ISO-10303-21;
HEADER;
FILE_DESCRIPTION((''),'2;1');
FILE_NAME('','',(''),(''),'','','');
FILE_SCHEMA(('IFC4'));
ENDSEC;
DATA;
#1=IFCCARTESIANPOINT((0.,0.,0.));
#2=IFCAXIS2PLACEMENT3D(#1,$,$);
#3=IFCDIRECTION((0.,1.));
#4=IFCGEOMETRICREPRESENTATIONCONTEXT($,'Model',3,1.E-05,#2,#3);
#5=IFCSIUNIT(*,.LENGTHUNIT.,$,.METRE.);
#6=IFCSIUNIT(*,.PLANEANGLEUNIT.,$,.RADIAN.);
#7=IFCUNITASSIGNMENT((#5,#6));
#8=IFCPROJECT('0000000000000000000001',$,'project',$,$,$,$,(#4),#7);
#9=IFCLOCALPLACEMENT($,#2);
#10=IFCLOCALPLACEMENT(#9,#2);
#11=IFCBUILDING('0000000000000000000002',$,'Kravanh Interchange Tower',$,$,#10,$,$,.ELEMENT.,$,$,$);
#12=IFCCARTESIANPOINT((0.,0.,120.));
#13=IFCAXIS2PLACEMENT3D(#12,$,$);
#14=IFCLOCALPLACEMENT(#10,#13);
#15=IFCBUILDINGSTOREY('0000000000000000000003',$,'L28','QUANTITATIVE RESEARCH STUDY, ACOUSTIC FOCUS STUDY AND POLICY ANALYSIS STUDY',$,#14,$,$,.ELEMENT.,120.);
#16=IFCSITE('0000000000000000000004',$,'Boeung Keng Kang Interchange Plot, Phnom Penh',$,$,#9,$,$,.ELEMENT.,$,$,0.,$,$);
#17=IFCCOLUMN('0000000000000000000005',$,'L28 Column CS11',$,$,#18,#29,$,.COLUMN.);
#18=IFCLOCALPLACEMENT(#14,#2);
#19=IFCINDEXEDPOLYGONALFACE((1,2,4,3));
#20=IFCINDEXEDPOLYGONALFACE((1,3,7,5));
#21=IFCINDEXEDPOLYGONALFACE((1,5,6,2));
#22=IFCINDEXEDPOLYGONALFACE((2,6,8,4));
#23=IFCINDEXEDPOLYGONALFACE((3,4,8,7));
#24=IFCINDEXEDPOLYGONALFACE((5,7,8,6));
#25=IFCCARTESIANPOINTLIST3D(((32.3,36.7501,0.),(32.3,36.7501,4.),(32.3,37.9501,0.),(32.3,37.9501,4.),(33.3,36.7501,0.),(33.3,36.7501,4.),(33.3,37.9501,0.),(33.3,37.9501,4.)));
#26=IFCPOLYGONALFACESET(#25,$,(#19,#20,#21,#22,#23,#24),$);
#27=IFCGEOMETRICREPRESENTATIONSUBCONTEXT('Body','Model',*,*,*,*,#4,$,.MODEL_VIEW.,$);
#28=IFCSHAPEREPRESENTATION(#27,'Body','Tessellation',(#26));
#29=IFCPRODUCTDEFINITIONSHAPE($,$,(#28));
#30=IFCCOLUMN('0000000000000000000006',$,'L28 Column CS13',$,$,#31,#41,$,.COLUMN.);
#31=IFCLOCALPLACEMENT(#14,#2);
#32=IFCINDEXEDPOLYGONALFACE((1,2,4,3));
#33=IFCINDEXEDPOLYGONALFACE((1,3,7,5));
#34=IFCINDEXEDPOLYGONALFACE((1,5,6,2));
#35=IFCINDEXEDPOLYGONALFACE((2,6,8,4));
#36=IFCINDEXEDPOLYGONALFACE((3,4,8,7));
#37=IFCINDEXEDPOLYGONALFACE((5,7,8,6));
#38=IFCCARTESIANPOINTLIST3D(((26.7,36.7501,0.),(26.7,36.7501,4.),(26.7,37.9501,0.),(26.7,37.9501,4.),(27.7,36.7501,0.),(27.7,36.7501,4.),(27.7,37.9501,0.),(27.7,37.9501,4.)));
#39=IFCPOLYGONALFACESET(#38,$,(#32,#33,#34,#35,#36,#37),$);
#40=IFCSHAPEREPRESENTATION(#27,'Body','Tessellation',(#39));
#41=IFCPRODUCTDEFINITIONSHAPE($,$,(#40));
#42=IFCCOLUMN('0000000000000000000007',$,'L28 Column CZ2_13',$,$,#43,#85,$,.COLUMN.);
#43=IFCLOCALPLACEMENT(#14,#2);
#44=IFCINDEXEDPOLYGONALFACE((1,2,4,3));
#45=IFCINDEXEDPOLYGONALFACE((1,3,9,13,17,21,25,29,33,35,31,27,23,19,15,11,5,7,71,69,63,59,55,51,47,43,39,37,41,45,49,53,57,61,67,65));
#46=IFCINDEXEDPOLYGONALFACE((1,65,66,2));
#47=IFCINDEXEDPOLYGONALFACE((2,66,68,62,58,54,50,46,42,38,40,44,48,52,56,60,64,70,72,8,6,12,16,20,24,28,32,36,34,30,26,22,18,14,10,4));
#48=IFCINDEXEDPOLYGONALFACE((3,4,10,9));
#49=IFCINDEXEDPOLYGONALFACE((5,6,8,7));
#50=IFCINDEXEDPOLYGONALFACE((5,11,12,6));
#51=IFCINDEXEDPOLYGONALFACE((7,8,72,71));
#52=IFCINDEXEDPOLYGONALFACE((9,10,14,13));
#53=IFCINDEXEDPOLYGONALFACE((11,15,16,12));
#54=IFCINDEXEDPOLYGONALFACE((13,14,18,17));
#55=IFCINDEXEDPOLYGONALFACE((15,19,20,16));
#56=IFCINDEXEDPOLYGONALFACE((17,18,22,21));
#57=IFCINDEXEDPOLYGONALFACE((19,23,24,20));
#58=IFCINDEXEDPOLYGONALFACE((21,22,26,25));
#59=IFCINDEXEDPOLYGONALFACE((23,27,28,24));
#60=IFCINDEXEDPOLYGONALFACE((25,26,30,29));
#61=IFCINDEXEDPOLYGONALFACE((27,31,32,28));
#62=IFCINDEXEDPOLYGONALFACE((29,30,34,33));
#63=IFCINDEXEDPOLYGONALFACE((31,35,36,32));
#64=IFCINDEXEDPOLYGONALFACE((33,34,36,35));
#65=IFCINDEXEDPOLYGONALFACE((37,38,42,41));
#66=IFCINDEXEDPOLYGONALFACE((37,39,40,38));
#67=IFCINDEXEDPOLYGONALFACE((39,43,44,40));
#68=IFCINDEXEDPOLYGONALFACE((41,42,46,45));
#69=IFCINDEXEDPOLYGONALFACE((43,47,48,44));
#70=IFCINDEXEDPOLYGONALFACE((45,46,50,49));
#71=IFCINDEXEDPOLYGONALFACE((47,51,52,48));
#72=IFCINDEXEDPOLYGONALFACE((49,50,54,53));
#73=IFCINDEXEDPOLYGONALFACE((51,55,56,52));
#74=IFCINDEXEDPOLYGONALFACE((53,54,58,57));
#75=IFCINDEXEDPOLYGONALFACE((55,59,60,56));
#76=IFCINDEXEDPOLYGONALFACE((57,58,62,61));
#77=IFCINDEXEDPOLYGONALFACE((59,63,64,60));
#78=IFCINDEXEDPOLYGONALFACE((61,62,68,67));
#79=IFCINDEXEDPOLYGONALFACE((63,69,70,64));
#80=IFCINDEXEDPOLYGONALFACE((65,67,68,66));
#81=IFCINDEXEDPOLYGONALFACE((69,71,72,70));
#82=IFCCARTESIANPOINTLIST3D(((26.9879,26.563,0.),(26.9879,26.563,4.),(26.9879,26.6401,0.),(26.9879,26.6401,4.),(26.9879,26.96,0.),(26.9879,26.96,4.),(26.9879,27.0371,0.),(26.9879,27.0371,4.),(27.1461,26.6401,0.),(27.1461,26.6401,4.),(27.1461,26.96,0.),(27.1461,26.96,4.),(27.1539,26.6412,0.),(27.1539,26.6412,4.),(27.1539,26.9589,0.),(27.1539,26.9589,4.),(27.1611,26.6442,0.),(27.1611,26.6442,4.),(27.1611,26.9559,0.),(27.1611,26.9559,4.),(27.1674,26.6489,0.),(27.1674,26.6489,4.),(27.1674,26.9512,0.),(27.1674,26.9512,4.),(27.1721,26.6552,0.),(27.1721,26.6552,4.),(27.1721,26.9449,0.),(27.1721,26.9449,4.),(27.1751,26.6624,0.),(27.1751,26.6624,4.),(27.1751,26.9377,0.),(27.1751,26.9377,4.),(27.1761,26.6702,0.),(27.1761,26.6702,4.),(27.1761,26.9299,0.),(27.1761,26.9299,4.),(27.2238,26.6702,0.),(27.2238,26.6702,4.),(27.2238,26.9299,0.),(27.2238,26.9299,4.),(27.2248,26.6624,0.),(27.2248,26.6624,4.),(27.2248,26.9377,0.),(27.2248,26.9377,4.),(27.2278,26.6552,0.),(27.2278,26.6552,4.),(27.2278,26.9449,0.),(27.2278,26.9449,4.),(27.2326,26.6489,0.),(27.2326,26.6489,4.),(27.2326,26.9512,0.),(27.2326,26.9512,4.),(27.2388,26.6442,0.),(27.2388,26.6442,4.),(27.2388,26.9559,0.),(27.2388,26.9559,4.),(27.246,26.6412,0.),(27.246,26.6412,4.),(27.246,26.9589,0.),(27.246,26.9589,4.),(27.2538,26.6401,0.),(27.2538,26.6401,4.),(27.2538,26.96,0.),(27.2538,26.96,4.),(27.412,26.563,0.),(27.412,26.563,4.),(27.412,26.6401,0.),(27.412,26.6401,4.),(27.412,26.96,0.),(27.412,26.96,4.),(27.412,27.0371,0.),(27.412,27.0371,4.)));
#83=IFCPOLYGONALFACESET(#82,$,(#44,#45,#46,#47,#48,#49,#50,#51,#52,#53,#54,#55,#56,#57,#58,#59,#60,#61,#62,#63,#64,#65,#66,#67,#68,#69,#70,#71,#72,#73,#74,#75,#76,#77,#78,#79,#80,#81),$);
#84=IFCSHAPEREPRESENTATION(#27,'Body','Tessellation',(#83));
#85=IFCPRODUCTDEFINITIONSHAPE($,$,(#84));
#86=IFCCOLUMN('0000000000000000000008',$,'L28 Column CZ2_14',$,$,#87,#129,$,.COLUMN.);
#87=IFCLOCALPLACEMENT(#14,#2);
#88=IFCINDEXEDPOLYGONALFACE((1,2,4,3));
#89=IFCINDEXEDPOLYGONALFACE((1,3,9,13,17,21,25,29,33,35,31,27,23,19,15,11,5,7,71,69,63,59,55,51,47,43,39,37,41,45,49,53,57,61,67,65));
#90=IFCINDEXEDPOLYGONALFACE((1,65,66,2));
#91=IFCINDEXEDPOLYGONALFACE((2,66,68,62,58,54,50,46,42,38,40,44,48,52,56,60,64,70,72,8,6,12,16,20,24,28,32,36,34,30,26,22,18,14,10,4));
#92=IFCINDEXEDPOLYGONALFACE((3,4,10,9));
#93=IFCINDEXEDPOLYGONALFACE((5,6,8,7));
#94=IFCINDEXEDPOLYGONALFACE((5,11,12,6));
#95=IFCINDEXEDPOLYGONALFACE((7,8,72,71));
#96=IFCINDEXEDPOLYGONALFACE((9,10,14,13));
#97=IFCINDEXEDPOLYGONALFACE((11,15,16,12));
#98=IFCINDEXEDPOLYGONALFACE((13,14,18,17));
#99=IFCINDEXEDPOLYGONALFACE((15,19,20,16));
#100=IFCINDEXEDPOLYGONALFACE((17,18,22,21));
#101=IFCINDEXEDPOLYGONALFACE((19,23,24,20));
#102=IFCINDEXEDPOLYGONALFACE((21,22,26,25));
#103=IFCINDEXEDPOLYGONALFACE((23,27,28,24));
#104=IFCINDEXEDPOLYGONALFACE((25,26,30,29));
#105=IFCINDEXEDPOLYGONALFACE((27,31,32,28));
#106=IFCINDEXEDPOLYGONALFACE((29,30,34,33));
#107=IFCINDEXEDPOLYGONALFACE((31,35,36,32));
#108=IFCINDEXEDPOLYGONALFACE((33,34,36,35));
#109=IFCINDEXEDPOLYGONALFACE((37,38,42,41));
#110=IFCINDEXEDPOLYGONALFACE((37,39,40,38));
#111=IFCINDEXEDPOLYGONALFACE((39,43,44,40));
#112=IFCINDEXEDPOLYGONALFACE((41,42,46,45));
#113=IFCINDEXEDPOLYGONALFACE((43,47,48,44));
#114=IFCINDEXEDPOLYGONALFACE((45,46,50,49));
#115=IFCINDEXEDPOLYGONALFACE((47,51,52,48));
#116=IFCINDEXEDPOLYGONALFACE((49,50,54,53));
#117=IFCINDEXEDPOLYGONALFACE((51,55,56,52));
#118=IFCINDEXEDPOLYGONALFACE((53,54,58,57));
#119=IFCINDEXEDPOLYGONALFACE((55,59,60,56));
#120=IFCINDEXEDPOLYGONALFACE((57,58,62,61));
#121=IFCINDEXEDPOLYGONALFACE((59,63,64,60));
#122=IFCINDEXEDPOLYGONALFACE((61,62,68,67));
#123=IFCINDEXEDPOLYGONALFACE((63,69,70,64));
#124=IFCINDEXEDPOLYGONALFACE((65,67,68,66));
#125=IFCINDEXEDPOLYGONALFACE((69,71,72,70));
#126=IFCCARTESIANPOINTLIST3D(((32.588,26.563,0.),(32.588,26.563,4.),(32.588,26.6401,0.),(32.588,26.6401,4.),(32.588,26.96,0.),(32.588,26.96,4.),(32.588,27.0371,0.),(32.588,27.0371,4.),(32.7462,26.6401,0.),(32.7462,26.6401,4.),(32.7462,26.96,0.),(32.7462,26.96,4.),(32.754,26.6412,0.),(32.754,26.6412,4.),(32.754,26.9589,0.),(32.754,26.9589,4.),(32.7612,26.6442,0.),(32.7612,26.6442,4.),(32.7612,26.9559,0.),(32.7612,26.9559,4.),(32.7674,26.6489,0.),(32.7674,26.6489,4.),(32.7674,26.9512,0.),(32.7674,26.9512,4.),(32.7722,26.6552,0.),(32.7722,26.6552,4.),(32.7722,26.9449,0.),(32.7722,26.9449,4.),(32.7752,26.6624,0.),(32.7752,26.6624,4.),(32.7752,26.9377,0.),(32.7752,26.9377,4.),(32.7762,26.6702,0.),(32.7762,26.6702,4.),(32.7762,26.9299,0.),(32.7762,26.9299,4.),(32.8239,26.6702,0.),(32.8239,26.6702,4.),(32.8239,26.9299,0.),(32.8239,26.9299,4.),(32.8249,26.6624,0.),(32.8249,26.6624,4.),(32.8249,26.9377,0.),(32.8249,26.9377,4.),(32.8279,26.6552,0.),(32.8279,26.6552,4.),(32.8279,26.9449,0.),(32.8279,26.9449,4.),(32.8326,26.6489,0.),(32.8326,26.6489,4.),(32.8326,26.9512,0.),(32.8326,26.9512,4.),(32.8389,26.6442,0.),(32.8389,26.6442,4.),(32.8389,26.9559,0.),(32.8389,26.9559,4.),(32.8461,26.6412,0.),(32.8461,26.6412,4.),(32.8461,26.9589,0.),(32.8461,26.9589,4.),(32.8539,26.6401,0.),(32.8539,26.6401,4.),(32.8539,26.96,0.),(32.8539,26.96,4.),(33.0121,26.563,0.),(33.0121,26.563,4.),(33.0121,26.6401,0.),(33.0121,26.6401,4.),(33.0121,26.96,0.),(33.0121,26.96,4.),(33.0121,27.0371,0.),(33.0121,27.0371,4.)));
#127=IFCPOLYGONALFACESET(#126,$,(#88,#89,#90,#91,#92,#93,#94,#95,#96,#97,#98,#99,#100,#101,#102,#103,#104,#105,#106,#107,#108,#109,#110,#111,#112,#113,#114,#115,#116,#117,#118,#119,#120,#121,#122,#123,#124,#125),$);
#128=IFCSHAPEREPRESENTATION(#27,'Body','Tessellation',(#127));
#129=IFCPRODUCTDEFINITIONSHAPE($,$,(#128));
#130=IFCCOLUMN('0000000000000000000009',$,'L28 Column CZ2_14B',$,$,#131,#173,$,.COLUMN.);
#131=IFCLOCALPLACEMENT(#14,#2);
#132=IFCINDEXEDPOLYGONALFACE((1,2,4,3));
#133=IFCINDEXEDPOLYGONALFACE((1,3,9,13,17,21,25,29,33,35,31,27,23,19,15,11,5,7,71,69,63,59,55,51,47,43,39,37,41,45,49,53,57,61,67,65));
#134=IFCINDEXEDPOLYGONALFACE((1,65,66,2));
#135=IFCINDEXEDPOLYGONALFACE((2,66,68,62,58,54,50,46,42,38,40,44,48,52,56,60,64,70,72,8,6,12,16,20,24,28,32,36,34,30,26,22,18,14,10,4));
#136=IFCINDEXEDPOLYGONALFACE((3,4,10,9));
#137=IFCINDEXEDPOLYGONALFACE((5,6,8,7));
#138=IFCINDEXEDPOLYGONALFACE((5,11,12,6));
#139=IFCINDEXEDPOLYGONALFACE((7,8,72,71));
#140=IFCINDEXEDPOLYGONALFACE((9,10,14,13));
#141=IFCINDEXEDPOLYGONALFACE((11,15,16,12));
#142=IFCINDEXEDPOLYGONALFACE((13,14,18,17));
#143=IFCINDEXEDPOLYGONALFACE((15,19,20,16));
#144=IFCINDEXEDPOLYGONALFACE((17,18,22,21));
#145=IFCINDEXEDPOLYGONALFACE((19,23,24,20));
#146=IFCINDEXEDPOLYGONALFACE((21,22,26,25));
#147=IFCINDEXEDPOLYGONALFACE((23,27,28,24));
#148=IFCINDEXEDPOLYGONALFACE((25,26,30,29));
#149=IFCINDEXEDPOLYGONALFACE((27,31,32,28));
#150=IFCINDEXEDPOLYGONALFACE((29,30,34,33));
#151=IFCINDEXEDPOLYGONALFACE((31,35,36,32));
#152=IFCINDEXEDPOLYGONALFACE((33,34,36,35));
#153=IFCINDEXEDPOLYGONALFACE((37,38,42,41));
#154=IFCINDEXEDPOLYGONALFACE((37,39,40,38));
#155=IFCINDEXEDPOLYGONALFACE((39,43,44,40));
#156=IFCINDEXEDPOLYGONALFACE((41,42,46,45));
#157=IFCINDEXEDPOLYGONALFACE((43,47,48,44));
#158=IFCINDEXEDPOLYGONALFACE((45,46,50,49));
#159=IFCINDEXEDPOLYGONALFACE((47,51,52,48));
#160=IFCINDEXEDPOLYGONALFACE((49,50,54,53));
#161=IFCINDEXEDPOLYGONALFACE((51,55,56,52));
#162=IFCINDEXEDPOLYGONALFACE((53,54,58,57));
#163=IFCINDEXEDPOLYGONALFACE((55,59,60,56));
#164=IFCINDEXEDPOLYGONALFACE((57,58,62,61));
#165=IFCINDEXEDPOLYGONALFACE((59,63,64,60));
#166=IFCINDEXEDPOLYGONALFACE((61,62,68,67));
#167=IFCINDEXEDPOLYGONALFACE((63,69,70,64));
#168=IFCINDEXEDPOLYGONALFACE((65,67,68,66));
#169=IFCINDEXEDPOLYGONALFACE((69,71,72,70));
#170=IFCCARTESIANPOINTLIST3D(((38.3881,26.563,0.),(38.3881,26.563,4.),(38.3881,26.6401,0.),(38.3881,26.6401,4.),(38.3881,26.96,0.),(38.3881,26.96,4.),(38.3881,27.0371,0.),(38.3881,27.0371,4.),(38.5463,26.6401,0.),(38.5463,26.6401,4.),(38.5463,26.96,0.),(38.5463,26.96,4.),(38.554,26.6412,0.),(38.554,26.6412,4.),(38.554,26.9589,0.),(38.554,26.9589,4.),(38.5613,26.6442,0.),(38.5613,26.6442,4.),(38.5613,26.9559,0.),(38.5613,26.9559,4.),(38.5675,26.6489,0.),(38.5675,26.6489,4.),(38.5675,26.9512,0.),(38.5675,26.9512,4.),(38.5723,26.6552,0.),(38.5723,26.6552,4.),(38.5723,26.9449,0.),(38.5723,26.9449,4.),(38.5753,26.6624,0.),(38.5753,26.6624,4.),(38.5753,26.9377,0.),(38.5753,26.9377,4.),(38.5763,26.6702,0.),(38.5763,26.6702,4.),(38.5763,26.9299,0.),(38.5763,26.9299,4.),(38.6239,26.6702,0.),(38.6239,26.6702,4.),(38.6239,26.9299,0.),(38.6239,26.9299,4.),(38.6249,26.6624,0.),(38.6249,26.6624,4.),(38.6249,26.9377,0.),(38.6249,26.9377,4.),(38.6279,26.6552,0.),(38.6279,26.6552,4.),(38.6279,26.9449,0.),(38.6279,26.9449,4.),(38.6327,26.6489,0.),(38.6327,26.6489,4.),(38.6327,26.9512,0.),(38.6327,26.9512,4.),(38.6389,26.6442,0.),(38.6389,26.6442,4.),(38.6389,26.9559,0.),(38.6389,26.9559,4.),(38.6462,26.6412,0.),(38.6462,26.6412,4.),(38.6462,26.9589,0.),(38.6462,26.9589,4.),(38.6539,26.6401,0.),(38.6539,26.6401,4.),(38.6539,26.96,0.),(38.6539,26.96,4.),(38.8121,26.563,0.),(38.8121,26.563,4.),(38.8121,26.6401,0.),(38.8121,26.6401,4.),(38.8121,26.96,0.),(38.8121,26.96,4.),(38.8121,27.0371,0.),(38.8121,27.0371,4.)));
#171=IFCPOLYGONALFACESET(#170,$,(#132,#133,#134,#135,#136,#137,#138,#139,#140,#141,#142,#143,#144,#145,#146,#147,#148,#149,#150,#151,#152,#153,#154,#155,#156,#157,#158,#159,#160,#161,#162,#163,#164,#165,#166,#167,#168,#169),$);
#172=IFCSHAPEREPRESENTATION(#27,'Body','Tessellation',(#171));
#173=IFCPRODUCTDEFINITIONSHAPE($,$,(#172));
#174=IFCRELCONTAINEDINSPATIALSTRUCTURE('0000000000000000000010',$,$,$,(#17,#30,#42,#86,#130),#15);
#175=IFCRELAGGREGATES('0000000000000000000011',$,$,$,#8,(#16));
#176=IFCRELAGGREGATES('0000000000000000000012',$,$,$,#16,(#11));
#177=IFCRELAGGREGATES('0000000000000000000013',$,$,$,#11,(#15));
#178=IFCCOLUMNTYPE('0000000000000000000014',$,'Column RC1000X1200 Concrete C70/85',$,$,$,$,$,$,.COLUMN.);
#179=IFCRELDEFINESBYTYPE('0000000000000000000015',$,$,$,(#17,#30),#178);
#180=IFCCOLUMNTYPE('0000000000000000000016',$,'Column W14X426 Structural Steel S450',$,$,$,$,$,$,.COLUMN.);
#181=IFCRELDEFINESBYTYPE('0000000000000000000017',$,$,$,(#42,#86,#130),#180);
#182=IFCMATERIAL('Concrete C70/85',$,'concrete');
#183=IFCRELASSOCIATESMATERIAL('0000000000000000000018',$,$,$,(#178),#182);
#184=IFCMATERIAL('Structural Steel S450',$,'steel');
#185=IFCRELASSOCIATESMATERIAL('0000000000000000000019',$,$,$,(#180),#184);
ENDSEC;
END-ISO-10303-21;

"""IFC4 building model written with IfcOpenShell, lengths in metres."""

from ifc_helpers import new_model, si_unit, direction, frame, origin, origin_2d, place, context, subcontext, project, spatial, rectangle, i_section, extrude, material, material_profile, profile_set, type_object, element, save


model = new_model("IFC4")

# Units and contexts
model_context = context("Model", 3, precision=1e-05, world=origin(), true_north=direction((0.0, 1.0)))
body_context = subcontext(model_context, "Body", "Model", "MODEL_VIEW")
ifc_project = project(units=[si_unit("LENGTHUNIT", "METRE"), si_unit("PLANEANGLEUNIT", "RADIAN")], contexts=[model_context])

# Site, building, storey
site_placement = place(None, origin())
site = spatial("IfcSite", under=ifc_project, at=site_placement, Name="Boeung Keng Kang Interchange Plot, Phnom Penh", CompositionType="ELEMENT", RefElevation=0.0)
building_placement = place(site_placement, origin())
building = spatial("IfcBuilding", under=site, at=building_placement, Name="Kravanh Interchange Tower", CompositionType="ELEMENT")
storey_placement = place(building_placement, frame((0.0, 0.0, 120.0)))
storey = spatial("IfcBuildingStorey", under=building, at=storey_placement, Name="L28", Description="QUANTITATIVE RESEARCH STUDY, ACOUSTIC FOCUS STUDY AND POLICY ANALYSIS STUDY", CompositionType="ELEMENT", Elevation=120.0)

# Columns
ifc_material_1 = material(Name="Concrete C70/85", Category="concrete")
ifc_material_profile_1 = material_profile(ifc_material_1, rectangle(XDim=1.0, YDim=1.2, at=origin_2d()), Name="RC1000X1200")
ifc_profile_set_1 = profile_set([ifc_material_profile_1], Name="Concrete C70/85")
column_type_1 = type_object("IfcColumnType", Name="Column RC1000X1200 Concrete C70/85", PredefinedType="COLUMN", material=ifc_profile_set_1)
for number, where, z_axis, x_axis, name in (
    (1, (32.8, 37.3501, 0.0), (0.0, 0.0, 1.0), (1.0, 0.0, 0.0), "L28 Column CS11"),
    (2, (27.2, 37.3501, 0.0), (0.0, 0.0, 1.0), (1.0, 0.0, 0.0), "L28 Column CS13"),
):
    element("IfcColumn", number, at=place(storey_placement, frame(where, z_axis=z_axis, x_axis=x_axis)), inside=storey, type_object=column_type_1, Name=name, PredefinedType="COLUMN", context=body_context, shape_type="SweptSolid", body=[
        extrude(rectangle(XDim=1.0, YDim=1.2, at=origin_2d()), origin(), (0.0, 0.0, 1.0), 4.0),
    ])
ifc_material_2 = material(Name="Structural Steel S450", Category="steel")
ifc_material_profile_2 = material_profile(ifc_material_2, i_section(OverallWidth=0.4241, OverallDepth=0.4741, WebThickness=0.0476, FlangeThickness=0.0771, FilletRadius=0.03, at=origin_2d()), Name="W14X426")
ifc_profile_set_2 = profile_set([ifc_material_profile_2], Name="Structural Steel S450")
column_type_2 = type_object("IfcColumnType", Name="Column W14X426 Structural Steel S450", PredefinedType="COLUMN", material=ifc_profile_set_2)
for number, where, z_axis, x_axis, name in (
    (3, (27.2, 26.8, 0.0), (0.0, 0.0, 1.0), (1.0, 0.0, 0.0), "L28 Column CZ2_13"),
    (4, (32.8, 26.8, 0.0), (0.0, 0.0, 1.0), (1.0, 0.0, 0.0), "L28 Column CZ2_14"),
    (5, (38.6001, 26.8, 0.0), (0.0, 0.0, 1.0), (1.0, 0.0, 0.0), "L28 Column CZ2_14B"),
):
    element("IfcColumn", number, at=place(storey_placement, frame(where, z_axis=z_axis, x_axis=x_axis)), inside=storey, type_object=column_type_2, Name=name, PredefinedType="COLUMN", context=body_context, shape_type="SweptSolid", body=[
        extrude(i_section(OverallWidth=0.4241, OverallDepth=0.4741, WebThickness=0.0476, FlangeThickness=0.0771, FilletRadius=0.03, at=origin_2d()), origin(), (0.0, 0.0, 1.0), 4.0),
    ])

save(model, "model.ifc")
